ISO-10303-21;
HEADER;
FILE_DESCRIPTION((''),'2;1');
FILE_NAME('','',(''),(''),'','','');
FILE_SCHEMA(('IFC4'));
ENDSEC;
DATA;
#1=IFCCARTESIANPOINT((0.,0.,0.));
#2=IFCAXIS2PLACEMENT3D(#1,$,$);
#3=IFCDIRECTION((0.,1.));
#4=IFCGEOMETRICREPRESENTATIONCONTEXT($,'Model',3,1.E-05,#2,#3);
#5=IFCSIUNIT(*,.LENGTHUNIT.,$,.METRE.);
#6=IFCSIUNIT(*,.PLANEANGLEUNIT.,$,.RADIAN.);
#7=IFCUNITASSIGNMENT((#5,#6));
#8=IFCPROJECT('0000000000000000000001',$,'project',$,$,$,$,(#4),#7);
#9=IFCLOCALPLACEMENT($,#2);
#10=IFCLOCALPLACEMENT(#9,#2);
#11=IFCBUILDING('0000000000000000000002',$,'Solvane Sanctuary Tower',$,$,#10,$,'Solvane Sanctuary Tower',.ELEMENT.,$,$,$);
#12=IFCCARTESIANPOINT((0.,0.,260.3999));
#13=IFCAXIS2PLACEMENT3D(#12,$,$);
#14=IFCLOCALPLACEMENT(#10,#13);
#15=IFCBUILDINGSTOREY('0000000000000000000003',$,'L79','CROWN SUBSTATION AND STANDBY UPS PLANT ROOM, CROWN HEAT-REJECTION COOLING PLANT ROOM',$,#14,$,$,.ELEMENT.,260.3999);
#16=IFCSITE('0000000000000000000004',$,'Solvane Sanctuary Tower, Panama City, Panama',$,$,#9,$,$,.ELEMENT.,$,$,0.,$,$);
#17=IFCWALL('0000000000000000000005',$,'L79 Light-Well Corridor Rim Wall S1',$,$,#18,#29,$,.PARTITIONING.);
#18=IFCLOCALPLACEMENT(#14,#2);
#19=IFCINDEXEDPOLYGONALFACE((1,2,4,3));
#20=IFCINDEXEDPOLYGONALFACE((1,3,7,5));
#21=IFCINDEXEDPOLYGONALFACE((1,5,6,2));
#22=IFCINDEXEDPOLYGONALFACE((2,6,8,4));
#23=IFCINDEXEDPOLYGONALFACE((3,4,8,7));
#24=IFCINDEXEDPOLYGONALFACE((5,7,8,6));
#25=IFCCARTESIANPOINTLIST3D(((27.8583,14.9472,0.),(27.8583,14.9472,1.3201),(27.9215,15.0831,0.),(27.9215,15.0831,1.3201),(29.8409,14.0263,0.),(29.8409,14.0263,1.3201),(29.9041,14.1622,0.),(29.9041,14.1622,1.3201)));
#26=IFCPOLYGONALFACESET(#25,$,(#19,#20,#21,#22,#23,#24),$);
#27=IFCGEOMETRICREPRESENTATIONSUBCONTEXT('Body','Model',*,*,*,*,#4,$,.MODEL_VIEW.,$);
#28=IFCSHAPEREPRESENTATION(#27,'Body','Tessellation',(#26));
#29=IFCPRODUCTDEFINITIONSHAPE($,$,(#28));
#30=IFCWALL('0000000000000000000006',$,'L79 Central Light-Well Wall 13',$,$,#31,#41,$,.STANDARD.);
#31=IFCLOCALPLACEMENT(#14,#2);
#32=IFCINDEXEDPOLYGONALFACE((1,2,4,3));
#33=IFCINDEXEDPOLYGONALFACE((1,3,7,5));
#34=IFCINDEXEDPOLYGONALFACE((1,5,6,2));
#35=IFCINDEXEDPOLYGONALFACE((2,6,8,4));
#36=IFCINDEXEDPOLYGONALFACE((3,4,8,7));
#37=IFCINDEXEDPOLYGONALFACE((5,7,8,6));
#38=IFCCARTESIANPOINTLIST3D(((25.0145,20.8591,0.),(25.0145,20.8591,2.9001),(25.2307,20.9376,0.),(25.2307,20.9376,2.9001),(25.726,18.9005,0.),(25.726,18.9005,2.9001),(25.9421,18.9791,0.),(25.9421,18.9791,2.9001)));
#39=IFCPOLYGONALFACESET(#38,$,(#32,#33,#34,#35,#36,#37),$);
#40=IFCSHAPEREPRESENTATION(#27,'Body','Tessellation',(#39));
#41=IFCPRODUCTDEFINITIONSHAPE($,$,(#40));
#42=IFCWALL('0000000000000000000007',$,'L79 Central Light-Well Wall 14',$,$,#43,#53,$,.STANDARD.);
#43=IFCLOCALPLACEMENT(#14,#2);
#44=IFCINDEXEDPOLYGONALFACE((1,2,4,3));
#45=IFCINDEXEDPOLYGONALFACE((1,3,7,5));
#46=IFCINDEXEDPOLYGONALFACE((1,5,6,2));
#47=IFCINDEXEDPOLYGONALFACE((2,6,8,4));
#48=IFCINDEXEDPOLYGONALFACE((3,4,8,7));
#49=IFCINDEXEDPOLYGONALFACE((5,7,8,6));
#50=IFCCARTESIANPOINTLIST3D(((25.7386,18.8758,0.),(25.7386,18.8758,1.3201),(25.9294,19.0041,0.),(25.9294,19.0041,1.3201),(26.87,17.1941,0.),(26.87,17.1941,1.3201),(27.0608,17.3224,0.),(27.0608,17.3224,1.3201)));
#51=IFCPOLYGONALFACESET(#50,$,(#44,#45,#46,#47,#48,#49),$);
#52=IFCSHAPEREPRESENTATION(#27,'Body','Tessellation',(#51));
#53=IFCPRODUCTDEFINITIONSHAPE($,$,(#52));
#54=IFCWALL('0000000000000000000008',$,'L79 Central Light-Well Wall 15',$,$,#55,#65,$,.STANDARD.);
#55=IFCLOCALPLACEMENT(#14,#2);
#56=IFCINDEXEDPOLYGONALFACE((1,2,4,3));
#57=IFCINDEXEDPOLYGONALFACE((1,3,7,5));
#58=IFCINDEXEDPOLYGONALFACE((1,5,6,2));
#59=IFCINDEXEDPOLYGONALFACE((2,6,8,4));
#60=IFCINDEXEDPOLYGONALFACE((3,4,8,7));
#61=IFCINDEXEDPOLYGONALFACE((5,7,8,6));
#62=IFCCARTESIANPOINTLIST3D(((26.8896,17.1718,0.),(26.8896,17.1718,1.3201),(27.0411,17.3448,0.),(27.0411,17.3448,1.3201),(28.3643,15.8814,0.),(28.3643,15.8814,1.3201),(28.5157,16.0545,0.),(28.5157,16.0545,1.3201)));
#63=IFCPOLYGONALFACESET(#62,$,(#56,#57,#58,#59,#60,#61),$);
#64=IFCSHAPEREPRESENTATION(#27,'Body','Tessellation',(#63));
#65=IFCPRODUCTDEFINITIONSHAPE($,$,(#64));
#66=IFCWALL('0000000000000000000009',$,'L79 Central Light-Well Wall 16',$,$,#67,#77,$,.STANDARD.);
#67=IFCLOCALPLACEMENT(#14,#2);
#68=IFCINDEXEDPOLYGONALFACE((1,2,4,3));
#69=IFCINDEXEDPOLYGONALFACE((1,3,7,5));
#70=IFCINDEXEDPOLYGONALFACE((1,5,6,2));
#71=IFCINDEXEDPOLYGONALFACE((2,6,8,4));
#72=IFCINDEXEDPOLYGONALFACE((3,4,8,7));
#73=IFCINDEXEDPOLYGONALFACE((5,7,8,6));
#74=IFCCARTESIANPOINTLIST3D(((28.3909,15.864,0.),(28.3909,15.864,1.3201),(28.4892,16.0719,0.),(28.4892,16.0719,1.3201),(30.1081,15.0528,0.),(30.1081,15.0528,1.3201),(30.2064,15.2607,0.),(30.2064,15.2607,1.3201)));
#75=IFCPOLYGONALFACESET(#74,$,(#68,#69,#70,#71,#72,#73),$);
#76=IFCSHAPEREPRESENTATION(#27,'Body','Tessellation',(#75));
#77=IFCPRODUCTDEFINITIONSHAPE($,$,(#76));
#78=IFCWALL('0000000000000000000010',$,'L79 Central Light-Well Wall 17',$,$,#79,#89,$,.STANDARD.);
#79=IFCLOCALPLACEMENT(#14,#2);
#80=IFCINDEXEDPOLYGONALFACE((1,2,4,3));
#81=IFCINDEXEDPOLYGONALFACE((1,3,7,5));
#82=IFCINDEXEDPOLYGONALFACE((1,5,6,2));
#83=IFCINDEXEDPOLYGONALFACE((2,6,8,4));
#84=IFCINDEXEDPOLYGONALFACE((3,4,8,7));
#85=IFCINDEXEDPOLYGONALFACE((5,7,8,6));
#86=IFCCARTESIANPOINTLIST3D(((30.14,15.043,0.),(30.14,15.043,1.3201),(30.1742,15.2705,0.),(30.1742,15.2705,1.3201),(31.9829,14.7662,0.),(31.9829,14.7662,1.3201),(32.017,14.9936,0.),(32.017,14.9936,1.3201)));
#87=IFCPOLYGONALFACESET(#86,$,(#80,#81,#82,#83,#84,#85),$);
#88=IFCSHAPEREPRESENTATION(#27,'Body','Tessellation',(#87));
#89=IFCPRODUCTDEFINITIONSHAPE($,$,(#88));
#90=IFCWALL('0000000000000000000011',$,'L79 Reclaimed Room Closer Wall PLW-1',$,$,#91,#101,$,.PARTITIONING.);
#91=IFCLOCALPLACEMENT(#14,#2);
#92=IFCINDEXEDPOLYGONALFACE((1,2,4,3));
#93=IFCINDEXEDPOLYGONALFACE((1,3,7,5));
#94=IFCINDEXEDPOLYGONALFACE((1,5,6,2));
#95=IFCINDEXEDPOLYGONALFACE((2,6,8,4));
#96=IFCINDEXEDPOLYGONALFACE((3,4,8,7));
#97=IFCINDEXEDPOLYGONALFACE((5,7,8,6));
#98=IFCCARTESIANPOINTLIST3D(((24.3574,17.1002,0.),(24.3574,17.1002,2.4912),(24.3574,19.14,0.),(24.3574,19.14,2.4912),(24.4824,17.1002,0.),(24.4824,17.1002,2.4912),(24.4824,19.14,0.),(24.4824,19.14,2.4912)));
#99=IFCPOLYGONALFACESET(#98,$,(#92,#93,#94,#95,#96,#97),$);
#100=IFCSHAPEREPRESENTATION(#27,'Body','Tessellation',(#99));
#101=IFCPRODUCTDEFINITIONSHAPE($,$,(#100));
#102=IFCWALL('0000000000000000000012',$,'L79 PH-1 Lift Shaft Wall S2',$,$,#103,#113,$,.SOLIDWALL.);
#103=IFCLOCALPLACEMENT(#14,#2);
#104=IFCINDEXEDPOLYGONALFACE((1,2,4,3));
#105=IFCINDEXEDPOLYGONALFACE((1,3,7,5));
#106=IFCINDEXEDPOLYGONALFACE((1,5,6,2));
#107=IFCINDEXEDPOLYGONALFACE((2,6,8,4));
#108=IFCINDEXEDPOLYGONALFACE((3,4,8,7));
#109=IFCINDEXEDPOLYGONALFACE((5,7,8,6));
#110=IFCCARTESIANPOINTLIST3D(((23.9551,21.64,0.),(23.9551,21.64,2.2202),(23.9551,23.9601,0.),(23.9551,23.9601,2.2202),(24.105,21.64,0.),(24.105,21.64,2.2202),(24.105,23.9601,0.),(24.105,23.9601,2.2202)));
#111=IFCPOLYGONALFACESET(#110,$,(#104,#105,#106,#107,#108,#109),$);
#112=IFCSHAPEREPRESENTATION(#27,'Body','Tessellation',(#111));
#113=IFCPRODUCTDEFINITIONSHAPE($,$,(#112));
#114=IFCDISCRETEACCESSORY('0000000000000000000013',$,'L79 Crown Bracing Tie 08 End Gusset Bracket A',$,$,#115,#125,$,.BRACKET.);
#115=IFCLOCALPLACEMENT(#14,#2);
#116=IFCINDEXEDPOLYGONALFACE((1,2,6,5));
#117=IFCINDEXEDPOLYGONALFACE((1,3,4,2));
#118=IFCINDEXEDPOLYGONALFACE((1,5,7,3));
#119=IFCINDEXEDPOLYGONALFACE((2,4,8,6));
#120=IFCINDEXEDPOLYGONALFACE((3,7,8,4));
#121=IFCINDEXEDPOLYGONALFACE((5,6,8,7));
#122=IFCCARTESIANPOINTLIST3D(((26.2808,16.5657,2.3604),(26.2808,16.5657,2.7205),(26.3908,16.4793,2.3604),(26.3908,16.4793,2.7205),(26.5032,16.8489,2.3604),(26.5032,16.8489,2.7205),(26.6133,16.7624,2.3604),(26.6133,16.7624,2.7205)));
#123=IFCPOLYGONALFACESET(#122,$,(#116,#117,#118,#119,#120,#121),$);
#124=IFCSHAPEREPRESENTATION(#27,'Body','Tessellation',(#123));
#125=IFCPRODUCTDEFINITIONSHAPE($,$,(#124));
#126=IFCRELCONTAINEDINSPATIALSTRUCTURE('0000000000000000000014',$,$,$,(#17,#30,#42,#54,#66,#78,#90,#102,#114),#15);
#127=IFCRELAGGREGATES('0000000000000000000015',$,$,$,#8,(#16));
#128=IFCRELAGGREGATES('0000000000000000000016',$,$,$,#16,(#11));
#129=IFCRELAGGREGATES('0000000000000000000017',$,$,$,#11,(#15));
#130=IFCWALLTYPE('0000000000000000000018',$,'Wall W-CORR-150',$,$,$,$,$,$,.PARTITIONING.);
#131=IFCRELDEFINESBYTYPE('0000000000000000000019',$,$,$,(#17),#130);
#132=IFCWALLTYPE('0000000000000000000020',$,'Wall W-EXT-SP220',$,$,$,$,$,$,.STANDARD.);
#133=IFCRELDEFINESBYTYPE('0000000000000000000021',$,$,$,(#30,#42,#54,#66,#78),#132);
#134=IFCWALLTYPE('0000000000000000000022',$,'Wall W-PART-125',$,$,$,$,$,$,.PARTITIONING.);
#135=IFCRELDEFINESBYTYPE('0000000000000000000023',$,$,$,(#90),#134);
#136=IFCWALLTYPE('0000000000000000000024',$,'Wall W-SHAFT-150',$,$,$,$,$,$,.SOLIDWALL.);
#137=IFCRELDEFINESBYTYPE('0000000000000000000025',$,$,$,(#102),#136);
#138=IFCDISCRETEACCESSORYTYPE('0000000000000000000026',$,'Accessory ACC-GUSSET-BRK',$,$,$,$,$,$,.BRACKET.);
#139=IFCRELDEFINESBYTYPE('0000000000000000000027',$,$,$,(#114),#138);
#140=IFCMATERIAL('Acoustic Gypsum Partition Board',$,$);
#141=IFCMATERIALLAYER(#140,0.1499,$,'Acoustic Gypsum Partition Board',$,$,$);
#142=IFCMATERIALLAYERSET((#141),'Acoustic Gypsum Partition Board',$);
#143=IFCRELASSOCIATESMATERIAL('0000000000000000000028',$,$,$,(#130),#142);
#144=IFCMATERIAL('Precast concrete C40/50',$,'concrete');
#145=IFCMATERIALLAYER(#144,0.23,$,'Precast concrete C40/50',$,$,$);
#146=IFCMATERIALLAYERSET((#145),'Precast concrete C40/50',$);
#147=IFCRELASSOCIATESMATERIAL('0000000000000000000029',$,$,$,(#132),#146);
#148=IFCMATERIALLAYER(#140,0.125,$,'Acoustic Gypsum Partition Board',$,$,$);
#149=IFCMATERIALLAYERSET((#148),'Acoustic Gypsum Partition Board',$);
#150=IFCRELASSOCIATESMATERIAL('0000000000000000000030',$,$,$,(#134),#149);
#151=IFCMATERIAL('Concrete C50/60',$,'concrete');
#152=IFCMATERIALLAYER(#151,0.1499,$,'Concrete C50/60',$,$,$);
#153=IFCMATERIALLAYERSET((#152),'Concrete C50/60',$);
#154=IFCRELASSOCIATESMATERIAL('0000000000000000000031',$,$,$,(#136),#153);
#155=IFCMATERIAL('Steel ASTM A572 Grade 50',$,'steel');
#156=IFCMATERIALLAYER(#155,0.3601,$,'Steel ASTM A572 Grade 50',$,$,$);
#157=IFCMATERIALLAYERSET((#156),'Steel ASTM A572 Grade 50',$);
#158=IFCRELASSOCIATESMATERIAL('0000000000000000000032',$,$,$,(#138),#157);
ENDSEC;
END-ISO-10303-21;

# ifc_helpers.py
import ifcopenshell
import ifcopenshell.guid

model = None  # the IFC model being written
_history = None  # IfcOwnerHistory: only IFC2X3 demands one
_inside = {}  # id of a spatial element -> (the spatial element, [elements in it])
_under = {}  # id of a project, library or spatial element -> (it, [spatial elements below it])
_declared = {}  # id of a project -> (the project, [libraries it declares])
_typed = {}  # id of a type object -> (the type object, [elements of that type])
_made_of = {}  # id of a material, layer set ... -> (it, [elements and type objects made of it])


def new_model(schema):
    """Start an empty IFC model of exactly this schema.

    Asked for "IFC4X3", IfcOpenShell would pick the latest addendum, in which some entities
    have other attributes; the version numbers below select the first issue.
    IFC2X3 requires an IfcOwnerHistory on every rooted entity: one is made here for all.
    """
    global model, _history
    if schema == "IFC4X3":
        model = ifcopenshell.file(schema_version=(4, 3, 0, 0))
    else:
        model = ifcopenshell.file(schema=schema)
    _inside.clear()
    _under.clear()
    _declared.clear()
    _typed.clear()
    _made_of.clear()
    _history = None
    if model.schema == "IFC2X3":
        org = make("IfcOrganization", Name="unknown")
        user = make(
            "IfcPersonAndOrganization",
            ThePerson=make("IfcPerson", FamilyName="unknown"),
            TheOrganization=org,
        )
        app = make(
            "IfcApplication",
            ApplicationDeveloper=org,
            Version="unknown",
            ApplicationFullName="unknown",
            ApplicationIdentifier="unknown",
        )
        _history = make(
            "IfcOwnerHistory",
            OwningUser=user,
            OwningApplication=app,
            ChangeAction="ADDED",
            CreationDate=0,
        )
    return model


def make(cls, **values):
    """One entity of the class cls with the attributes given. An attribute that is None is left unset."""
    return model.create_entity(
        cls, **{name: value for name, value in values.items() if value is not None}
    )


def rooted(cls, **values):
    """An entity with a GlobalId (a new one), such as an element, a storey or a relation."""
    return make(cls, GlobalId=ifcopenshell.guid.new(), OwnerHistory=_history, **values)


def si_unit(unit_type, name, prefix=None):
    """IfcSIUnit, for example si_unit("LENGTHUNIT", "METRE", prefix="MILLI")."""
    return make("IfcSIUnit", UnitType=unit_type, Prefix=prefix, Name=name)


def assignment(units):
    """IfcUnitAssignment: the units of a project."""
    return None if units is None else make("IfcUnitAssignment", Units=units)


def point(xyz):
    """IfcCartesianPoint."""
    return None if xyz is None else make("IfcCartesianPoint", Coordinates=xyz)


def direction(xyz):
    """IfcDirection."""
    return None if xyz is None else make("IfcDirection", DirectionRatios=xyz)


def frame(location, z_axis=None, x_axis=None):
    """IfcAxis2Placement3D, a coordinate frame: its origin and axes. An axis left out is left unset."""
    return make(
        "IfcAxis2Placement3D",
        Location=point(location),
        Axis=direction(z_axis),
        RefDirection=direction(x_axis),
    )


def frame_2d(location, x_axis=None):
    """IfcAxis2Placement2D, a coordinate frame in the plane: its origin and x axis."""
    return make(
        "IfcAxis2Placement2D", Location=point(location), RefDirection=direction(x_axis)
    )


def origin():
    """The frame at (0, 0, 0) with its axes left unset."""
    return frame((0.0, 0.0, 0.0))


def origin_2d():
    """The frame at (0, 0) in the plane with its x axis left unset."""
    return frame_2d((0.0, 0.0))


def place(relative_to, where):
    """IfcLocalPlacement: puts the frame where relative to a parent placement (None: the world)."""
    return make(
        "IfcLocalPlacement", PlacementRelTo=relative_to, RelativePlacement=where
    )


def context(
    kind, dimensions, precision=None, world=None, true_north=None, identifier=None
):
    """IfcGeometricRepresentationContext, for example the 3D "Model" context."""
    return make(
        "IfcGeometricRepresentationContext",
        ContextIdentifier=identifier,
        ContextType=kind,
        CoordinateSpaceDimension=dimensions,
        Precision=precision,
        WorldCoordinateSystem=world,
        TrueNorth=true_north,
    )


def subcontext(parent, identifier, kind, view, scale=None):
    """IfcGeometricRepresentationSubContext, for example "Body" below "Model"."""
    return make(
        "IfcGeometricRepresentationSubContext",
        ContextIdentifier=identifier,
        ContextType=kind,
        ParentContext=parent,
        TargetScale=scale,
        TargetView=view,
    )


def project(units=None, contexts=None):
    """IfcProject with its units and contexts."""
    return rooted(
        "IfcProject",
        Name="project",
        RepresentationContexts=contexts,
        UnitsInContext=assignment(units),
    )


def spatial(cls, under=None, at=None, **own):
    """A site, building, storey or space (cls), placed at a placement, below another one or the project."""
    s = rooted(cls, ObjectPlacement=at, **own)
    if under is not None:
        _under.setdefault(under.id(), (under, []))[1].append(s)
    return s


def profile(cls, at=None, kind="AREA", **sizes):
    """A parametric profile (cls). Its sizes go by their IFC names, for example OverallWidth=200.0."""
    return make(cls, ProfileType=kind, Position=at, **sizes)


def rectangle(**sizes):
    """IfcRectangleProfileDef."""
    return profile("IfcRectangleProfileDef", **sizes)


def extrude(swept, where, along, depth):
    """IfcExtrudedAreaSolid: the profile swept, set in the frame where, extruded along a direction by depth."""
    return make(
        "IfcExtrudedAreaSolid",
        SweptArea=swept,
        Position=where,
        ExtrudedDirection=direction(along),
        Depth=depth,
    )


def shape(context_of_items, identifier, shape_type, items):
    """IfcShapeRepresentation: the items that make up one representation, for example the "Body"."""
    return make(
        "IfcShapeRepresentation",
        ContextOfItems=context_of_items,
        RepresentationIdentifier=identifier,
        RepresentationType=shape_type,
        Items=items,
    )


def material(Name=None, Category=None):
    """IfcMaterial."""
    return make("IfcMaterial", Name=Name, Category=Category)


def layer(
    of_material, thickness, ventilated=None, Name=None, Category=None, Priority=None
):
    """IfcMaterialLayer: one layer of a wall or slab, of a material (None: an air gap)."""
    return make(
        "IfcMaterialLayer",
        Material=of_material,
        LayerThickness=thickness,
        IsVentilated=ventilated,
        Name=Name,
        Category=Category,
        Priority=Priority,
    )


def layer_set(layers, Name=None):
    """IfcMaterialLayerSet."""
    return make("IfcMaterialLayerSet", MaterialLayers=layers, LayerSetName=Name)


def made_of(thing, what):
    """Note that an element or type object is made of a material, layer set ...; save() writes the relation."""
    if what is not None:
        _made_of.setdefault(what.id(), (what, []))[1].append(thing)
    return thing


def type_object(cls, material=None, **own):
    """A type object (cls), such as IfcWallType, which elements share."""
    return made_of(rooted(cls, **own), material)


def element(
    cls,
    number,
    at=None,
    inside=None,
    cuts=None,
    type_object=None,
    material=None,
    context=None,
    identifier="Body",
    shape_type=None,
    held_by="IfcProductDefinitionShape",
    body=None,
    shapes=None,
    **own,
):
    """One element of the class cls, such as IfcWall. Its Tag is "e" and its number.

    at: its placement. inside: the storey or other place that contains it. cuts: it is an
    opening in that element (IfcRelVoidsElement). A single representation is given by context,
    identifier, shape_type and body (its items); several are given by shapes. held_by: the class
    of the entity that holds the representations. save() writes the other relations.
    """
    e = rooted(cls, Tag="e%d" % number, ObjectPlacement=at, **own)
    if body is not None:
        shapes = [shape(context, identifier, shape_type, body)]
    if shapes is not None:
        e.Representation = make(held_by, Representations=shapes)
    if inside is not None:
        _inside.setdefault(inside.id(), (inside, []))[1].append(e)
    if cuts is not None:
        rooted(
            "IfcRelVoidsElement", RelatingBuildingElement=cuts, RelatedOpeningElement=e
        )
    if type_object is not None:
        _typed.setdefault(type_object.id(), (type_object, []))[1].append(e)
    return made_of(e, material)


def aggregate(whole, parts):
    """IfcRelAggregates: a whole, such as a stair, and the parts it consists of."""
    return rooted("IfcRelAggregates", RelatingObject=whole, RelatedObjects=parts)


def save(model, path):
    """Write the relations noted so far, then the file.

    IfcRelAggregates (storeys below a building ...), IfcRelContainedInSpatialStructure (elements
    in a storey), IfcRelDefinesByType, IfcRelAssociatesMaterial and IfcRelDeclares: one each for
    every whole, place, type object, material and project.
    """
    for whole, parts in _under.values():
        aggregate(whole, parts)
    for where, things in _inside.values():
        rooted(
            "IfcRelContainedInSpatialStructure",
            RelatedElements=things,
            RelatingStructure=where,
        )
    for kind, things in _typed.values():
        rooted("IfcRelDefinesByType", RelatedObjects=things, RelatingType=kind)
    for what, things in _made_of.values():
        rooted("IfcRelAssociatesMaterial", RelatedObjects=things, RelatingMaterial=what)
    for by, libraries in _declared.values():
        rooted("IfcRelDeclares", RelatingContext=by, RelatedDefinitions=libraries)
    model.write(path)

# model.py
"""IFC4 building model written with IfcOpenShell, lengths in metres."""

from ifc_helpers import new_model, si_unit, direction, frame, frame_2d, origin, origin_2d, place, context, subcontext, project, spatial, rectangle, extrude, material, layer, layer_set, type_object, element, save


model = new_model("IFC4")

# Units and contexts
model_context = context("Model", 3, precision=1e-05, world=origin(), true_north=direction((0.0, 1.0)))
body_context = subcontext(model_context, "Body", "Model", "MODEL_VIEW")
ifc_project = project(units=[si_unit("LENGTHUNIT", "METRE"), si_unit("PLANEANGLEUNIT", "RADIAN")], contexts=[model_context])

# Site, building, storey
site_placement = place(None, origin())
site = spatial("IfcSite", under=ifc_project, at=site_placement, Name="Solvane Sanctuary Tower, Panama City, Panama", CompositionType="ELEMENT", RefElevation=0.0)
building_placement = place(site_placement, origin())
building = spatial("IfcBuilding", under=site, at=building_placement, Name="Solvane Sanctuary Tower", LongName="Solvane Sanctuary Tower", CompositionType="ELEMENT")
storey_placement = place(building_placement, frame((0.0, 0.0, 260.3999)))
storey = spatial("IfcBuildingStorey", under=building, at=storey_placement, Name="L79", Description="CROWN SUBSTATION AND STANDBY UPS PLANT ROOM, CROWN HEAT-REJECTION COOLING PLANT ROOM", CompositionType="ELEMENT", Elevation=260.3999)

# Shared definitions
ifc_material_1 = material(Name="Concrete C50/60", Category="concrete")

# Walls
ifc_material_2 = material(Name="Acoustic Gypsum Partition Board")
ifc_layer_1 = layer(ifc_material_2, 0.1499, Name="Acoustic Gypsum Partition Board")
ifc_layer_set_1 = layer_set([ifc_layer_1], Name="Acoustic Gypsum Partition Board")
wall_type_1 = type_object("IfcWallType", Name="Wall W-CORR-150", PredefinedType="PARTITIONING", material=ifc_layer_set_1)
wall_1_placement = place(storey_placement, frame((27.8899, 15.0151, 0.0), z_axis=(0.0, 0.0, 1.0), x_axis=(0.906943, -0.421252, 0.0)))
element("IfcWall", 1, at=wall_1_placement, inside=storey, type_object=wall_type_1, Name="L79 Light-Well Corridor Rim Wall S1", PredefinedType="PARTITIONING", context=body_context, shape_type="SweptSolid", body=[
    extrude(rectangle(XDim=2.186, YDim=0.1499, at=frame_2d((1.093, 0.0))), origin(), (0.0, 0.0, 1.0), 1.3201),
])
ifc_material_3 = material(Name="Precast concrete C40/50", Category="concrete")
ifc_layer_2 = layer(ifc_material_3, 0.23, Name="Precast concrete C40/50")
ifc_layer_set_2 = layer_set([ifc_layer_2], Name="Precast concrete C40/50")
wall_type_2 = type_object("IfcWallType", Name="Wall W-EXT-SP220", PredefinedType="STANDARD", material=ifc_layer_set_2)
wall_2_placement = place(storey_placement, frame((25.1226, 20.8984, 0.0), z_axis=(0.0, 0.0, 1.0), x_axis=(0.341423, -0.93991, 0.0)))
element("IfcWall", 2, at=wall_2_placement, inside=storey, type_object=wall_type_2, Name="L79 Central Light-Well Wall 13", PredefinedType="STANDARD", context=body_context, shape_type="SweptSolid", body=[
    extrude(rectangle(XDim=2.0837, YDim=0.23, at=frame_2d((1.042, 0.0))), origin(), (0.0, 0.0, 1.0), 2.9001),
])
wall_3_placement = place(storey_placement, frame((25.834, 18.9399, 0.0), z_axis=(0.0, 0.0, 1.0), x_axis=(0.558198, -0.829708, 0.0)))
element("IfcWall", 3, at=wall_3_placement, inside=storey, type_object=wall_type_2, Name="L79 Central Light-Well Wall 14", PredefinedType="STANDARD", context=body_context, shape_type="SweptSolid", body=[
    extrude(rectangle(XDim=2.0269, YDim=0.23, at=frame_2d((1.0134, 0.0))), origin(), (0.0, 0.0, 1.0), 1.3201),
])
wall_4_placement = place(storey_placement, frame((26.9653, 17.2583, 0.0), z_axis=(0.0, 0.0, 1.0), x_axis=(0.752577, -0.658505, 0.0)))
element("IfcWall", 4, at=wall_4_placement, inside=storey, type_object=wall_type_2, Name="L79 Central Light-Well Wall 15", PredefinedType="STANDARD", context=body_context, shape_type="SweptSolid", body=[
    extrude(rectangle(XDim=1.9595, YDim=0.23, at=frame_2d((0.9797, 0.0))), origin(), (0.0, 0.0, 1.0), 1.3201),
])
wall_5_placement = place(storey_placement, frame((28.4399, 15.968, 0.0), z_axis=(0.0, 0.0, 1.0), x_axis=(0.90418, -0.427152, 0.0)))
element("IfcWall", 5, at=wall_5_placement, inside=storey, type_object=wall_type_2, Name="L79 Central Light-Well Wall 16", PredefinedType="STANDARD", context=body_context, shape_type="SweptSolid", body=[
    extrude(rectangle(XDim=1.8992, YDim=0.23, at=frame_2d((0.9497, 0.0))), origin(), (0.0, 0.0, 1.0), 1.3201),
])
wall_6_placement = place(storey_placement, frame((30.1572, 15.1567, 0.0), z_axis=(0.0, 0.0, 1.0), x_axis=(0.988902, -0.148571, 0.0)))
element("IfcWall", 6, at=wall_6_placement, inside=storey, type_object=wall_type_2, Name="L79 Central Light-Well Wall 17", PredefinedType="STANDARD", context=body_context, shape_type="SweptSolid", body=[
    extrude(rectangle(XDim=1.8635, YDim=0.23, at=frame_2d((0.9316, 0.0))), origin(), (0.0, 0.0, 1.0), 1.3201),
])
ifc_layer_3 = layer(ifc_material_2, 0.125, Name="Acoustic Gypsum Partition Board")
ifc_layer_set_3 = layer_set([ifc_layer_3], Name="Acoustic Gypsum Partition Board")
wall_type_3 = type_object("IfcWallType", Name="Wall W-PART-125", PredefinedType="PARTITIONING", material=ifc_layer_set_3)
wall_7_placement = place(storey_placement, frame((24.4199, 17.1001, 0.0), z_axis=(0.0, 0.0, 1.0), x_axis=(0.0, 1.0, 0.0)))
element("IfcWall", 7, at=wall_7_placement, inside=storey, type_object=wall_type_3, Name="L79 Reclaimed Room Closer Wall PLW-1", PredefinedType="PARTITIONING", context=body_context, shape_type="SweptSolid", body=[
    extrude(rectangle(XDim=2.0398, YDim=0.125, at=frame_2d((1.02, 0.0))), origin(), (0.0, 0.0, 1.0), 2.4912),
])
ifc_layer_4 = layer(ifc_material_1, 0.1499, Name="Concrete C50/60")
ifc_layer_set_4 = layer_set([ifc_layer_4], Name="Concrete C50/60")
wall_type_4 = type_object("IfcWallType", Name="Wall W-SHAFT-150", PredefinedType="SOLIDWALL", material=ifc_layer_set_4)
wall_8_placement = place(storey_placement, frame((24.03, 21.6399, 0.0), z_axis=(0.0, 0.0, 1.0), x_axis=(0.0, 1.0, 0.0)))
element("IfcWall", 8, at=wall_8_placement, inside=storey, type_object=wall_type_4, Name="L79 PH-1 Lift Shaft Wall S2", PredefinedType="SOLIDWALL", context=body_context, shape_type="SweptSolid", body=[
    extrude(rectangle(XDim=2.3201, YDim=0.1499, at=frame_2d((1.1602, 0.0))), origin(), (0.0, 0.0, 1.0), 2.2202),
])

# Discrete accessory
ifc_material_4 = material(Name="Steel ASTM A572 Grade 50", Category="steel")
ifc_layer_5 = layer(ifc_material_4, 0.3601, Name="Steel ASTM A572 Grade 50")
ifc_layer_set_5 = layer_set([ifc_layer_5], Name="Steel ASTM A572 Grade 50")
discrete_accessory_type = type_object("IfcDiscreteAccessoryType", Name="Accessory ACC-GUSSET-BRK", PredefinedType="BRACKET", material=ifc_layer_set_5)
discrete_accessory_placement = place(storey_placement, frame((26.447, 16.6641, 2.3604), z_axis=(0.0, 0.0, 1.0), x_axis=(-0.617722, -0.786396, 0.0)))
element("IfcDiscreteAccessory", 9, at=discrete_accessory_placement, inside=storey, type_object=discrete_accessory_type, Name="L79 Crown Bracing Tie 08 End Gusset Bracket A", PredefinedType="BRACKET", context=body_context, shape_type="SweptSolid", body=[
    extrude(rectangle(XDim=0.3601, YDim=0.1399, at=origin_2d()), origin(), (0.0, 0.0, 1.0), 0.3601),
])

save(model, "model.ifc")
